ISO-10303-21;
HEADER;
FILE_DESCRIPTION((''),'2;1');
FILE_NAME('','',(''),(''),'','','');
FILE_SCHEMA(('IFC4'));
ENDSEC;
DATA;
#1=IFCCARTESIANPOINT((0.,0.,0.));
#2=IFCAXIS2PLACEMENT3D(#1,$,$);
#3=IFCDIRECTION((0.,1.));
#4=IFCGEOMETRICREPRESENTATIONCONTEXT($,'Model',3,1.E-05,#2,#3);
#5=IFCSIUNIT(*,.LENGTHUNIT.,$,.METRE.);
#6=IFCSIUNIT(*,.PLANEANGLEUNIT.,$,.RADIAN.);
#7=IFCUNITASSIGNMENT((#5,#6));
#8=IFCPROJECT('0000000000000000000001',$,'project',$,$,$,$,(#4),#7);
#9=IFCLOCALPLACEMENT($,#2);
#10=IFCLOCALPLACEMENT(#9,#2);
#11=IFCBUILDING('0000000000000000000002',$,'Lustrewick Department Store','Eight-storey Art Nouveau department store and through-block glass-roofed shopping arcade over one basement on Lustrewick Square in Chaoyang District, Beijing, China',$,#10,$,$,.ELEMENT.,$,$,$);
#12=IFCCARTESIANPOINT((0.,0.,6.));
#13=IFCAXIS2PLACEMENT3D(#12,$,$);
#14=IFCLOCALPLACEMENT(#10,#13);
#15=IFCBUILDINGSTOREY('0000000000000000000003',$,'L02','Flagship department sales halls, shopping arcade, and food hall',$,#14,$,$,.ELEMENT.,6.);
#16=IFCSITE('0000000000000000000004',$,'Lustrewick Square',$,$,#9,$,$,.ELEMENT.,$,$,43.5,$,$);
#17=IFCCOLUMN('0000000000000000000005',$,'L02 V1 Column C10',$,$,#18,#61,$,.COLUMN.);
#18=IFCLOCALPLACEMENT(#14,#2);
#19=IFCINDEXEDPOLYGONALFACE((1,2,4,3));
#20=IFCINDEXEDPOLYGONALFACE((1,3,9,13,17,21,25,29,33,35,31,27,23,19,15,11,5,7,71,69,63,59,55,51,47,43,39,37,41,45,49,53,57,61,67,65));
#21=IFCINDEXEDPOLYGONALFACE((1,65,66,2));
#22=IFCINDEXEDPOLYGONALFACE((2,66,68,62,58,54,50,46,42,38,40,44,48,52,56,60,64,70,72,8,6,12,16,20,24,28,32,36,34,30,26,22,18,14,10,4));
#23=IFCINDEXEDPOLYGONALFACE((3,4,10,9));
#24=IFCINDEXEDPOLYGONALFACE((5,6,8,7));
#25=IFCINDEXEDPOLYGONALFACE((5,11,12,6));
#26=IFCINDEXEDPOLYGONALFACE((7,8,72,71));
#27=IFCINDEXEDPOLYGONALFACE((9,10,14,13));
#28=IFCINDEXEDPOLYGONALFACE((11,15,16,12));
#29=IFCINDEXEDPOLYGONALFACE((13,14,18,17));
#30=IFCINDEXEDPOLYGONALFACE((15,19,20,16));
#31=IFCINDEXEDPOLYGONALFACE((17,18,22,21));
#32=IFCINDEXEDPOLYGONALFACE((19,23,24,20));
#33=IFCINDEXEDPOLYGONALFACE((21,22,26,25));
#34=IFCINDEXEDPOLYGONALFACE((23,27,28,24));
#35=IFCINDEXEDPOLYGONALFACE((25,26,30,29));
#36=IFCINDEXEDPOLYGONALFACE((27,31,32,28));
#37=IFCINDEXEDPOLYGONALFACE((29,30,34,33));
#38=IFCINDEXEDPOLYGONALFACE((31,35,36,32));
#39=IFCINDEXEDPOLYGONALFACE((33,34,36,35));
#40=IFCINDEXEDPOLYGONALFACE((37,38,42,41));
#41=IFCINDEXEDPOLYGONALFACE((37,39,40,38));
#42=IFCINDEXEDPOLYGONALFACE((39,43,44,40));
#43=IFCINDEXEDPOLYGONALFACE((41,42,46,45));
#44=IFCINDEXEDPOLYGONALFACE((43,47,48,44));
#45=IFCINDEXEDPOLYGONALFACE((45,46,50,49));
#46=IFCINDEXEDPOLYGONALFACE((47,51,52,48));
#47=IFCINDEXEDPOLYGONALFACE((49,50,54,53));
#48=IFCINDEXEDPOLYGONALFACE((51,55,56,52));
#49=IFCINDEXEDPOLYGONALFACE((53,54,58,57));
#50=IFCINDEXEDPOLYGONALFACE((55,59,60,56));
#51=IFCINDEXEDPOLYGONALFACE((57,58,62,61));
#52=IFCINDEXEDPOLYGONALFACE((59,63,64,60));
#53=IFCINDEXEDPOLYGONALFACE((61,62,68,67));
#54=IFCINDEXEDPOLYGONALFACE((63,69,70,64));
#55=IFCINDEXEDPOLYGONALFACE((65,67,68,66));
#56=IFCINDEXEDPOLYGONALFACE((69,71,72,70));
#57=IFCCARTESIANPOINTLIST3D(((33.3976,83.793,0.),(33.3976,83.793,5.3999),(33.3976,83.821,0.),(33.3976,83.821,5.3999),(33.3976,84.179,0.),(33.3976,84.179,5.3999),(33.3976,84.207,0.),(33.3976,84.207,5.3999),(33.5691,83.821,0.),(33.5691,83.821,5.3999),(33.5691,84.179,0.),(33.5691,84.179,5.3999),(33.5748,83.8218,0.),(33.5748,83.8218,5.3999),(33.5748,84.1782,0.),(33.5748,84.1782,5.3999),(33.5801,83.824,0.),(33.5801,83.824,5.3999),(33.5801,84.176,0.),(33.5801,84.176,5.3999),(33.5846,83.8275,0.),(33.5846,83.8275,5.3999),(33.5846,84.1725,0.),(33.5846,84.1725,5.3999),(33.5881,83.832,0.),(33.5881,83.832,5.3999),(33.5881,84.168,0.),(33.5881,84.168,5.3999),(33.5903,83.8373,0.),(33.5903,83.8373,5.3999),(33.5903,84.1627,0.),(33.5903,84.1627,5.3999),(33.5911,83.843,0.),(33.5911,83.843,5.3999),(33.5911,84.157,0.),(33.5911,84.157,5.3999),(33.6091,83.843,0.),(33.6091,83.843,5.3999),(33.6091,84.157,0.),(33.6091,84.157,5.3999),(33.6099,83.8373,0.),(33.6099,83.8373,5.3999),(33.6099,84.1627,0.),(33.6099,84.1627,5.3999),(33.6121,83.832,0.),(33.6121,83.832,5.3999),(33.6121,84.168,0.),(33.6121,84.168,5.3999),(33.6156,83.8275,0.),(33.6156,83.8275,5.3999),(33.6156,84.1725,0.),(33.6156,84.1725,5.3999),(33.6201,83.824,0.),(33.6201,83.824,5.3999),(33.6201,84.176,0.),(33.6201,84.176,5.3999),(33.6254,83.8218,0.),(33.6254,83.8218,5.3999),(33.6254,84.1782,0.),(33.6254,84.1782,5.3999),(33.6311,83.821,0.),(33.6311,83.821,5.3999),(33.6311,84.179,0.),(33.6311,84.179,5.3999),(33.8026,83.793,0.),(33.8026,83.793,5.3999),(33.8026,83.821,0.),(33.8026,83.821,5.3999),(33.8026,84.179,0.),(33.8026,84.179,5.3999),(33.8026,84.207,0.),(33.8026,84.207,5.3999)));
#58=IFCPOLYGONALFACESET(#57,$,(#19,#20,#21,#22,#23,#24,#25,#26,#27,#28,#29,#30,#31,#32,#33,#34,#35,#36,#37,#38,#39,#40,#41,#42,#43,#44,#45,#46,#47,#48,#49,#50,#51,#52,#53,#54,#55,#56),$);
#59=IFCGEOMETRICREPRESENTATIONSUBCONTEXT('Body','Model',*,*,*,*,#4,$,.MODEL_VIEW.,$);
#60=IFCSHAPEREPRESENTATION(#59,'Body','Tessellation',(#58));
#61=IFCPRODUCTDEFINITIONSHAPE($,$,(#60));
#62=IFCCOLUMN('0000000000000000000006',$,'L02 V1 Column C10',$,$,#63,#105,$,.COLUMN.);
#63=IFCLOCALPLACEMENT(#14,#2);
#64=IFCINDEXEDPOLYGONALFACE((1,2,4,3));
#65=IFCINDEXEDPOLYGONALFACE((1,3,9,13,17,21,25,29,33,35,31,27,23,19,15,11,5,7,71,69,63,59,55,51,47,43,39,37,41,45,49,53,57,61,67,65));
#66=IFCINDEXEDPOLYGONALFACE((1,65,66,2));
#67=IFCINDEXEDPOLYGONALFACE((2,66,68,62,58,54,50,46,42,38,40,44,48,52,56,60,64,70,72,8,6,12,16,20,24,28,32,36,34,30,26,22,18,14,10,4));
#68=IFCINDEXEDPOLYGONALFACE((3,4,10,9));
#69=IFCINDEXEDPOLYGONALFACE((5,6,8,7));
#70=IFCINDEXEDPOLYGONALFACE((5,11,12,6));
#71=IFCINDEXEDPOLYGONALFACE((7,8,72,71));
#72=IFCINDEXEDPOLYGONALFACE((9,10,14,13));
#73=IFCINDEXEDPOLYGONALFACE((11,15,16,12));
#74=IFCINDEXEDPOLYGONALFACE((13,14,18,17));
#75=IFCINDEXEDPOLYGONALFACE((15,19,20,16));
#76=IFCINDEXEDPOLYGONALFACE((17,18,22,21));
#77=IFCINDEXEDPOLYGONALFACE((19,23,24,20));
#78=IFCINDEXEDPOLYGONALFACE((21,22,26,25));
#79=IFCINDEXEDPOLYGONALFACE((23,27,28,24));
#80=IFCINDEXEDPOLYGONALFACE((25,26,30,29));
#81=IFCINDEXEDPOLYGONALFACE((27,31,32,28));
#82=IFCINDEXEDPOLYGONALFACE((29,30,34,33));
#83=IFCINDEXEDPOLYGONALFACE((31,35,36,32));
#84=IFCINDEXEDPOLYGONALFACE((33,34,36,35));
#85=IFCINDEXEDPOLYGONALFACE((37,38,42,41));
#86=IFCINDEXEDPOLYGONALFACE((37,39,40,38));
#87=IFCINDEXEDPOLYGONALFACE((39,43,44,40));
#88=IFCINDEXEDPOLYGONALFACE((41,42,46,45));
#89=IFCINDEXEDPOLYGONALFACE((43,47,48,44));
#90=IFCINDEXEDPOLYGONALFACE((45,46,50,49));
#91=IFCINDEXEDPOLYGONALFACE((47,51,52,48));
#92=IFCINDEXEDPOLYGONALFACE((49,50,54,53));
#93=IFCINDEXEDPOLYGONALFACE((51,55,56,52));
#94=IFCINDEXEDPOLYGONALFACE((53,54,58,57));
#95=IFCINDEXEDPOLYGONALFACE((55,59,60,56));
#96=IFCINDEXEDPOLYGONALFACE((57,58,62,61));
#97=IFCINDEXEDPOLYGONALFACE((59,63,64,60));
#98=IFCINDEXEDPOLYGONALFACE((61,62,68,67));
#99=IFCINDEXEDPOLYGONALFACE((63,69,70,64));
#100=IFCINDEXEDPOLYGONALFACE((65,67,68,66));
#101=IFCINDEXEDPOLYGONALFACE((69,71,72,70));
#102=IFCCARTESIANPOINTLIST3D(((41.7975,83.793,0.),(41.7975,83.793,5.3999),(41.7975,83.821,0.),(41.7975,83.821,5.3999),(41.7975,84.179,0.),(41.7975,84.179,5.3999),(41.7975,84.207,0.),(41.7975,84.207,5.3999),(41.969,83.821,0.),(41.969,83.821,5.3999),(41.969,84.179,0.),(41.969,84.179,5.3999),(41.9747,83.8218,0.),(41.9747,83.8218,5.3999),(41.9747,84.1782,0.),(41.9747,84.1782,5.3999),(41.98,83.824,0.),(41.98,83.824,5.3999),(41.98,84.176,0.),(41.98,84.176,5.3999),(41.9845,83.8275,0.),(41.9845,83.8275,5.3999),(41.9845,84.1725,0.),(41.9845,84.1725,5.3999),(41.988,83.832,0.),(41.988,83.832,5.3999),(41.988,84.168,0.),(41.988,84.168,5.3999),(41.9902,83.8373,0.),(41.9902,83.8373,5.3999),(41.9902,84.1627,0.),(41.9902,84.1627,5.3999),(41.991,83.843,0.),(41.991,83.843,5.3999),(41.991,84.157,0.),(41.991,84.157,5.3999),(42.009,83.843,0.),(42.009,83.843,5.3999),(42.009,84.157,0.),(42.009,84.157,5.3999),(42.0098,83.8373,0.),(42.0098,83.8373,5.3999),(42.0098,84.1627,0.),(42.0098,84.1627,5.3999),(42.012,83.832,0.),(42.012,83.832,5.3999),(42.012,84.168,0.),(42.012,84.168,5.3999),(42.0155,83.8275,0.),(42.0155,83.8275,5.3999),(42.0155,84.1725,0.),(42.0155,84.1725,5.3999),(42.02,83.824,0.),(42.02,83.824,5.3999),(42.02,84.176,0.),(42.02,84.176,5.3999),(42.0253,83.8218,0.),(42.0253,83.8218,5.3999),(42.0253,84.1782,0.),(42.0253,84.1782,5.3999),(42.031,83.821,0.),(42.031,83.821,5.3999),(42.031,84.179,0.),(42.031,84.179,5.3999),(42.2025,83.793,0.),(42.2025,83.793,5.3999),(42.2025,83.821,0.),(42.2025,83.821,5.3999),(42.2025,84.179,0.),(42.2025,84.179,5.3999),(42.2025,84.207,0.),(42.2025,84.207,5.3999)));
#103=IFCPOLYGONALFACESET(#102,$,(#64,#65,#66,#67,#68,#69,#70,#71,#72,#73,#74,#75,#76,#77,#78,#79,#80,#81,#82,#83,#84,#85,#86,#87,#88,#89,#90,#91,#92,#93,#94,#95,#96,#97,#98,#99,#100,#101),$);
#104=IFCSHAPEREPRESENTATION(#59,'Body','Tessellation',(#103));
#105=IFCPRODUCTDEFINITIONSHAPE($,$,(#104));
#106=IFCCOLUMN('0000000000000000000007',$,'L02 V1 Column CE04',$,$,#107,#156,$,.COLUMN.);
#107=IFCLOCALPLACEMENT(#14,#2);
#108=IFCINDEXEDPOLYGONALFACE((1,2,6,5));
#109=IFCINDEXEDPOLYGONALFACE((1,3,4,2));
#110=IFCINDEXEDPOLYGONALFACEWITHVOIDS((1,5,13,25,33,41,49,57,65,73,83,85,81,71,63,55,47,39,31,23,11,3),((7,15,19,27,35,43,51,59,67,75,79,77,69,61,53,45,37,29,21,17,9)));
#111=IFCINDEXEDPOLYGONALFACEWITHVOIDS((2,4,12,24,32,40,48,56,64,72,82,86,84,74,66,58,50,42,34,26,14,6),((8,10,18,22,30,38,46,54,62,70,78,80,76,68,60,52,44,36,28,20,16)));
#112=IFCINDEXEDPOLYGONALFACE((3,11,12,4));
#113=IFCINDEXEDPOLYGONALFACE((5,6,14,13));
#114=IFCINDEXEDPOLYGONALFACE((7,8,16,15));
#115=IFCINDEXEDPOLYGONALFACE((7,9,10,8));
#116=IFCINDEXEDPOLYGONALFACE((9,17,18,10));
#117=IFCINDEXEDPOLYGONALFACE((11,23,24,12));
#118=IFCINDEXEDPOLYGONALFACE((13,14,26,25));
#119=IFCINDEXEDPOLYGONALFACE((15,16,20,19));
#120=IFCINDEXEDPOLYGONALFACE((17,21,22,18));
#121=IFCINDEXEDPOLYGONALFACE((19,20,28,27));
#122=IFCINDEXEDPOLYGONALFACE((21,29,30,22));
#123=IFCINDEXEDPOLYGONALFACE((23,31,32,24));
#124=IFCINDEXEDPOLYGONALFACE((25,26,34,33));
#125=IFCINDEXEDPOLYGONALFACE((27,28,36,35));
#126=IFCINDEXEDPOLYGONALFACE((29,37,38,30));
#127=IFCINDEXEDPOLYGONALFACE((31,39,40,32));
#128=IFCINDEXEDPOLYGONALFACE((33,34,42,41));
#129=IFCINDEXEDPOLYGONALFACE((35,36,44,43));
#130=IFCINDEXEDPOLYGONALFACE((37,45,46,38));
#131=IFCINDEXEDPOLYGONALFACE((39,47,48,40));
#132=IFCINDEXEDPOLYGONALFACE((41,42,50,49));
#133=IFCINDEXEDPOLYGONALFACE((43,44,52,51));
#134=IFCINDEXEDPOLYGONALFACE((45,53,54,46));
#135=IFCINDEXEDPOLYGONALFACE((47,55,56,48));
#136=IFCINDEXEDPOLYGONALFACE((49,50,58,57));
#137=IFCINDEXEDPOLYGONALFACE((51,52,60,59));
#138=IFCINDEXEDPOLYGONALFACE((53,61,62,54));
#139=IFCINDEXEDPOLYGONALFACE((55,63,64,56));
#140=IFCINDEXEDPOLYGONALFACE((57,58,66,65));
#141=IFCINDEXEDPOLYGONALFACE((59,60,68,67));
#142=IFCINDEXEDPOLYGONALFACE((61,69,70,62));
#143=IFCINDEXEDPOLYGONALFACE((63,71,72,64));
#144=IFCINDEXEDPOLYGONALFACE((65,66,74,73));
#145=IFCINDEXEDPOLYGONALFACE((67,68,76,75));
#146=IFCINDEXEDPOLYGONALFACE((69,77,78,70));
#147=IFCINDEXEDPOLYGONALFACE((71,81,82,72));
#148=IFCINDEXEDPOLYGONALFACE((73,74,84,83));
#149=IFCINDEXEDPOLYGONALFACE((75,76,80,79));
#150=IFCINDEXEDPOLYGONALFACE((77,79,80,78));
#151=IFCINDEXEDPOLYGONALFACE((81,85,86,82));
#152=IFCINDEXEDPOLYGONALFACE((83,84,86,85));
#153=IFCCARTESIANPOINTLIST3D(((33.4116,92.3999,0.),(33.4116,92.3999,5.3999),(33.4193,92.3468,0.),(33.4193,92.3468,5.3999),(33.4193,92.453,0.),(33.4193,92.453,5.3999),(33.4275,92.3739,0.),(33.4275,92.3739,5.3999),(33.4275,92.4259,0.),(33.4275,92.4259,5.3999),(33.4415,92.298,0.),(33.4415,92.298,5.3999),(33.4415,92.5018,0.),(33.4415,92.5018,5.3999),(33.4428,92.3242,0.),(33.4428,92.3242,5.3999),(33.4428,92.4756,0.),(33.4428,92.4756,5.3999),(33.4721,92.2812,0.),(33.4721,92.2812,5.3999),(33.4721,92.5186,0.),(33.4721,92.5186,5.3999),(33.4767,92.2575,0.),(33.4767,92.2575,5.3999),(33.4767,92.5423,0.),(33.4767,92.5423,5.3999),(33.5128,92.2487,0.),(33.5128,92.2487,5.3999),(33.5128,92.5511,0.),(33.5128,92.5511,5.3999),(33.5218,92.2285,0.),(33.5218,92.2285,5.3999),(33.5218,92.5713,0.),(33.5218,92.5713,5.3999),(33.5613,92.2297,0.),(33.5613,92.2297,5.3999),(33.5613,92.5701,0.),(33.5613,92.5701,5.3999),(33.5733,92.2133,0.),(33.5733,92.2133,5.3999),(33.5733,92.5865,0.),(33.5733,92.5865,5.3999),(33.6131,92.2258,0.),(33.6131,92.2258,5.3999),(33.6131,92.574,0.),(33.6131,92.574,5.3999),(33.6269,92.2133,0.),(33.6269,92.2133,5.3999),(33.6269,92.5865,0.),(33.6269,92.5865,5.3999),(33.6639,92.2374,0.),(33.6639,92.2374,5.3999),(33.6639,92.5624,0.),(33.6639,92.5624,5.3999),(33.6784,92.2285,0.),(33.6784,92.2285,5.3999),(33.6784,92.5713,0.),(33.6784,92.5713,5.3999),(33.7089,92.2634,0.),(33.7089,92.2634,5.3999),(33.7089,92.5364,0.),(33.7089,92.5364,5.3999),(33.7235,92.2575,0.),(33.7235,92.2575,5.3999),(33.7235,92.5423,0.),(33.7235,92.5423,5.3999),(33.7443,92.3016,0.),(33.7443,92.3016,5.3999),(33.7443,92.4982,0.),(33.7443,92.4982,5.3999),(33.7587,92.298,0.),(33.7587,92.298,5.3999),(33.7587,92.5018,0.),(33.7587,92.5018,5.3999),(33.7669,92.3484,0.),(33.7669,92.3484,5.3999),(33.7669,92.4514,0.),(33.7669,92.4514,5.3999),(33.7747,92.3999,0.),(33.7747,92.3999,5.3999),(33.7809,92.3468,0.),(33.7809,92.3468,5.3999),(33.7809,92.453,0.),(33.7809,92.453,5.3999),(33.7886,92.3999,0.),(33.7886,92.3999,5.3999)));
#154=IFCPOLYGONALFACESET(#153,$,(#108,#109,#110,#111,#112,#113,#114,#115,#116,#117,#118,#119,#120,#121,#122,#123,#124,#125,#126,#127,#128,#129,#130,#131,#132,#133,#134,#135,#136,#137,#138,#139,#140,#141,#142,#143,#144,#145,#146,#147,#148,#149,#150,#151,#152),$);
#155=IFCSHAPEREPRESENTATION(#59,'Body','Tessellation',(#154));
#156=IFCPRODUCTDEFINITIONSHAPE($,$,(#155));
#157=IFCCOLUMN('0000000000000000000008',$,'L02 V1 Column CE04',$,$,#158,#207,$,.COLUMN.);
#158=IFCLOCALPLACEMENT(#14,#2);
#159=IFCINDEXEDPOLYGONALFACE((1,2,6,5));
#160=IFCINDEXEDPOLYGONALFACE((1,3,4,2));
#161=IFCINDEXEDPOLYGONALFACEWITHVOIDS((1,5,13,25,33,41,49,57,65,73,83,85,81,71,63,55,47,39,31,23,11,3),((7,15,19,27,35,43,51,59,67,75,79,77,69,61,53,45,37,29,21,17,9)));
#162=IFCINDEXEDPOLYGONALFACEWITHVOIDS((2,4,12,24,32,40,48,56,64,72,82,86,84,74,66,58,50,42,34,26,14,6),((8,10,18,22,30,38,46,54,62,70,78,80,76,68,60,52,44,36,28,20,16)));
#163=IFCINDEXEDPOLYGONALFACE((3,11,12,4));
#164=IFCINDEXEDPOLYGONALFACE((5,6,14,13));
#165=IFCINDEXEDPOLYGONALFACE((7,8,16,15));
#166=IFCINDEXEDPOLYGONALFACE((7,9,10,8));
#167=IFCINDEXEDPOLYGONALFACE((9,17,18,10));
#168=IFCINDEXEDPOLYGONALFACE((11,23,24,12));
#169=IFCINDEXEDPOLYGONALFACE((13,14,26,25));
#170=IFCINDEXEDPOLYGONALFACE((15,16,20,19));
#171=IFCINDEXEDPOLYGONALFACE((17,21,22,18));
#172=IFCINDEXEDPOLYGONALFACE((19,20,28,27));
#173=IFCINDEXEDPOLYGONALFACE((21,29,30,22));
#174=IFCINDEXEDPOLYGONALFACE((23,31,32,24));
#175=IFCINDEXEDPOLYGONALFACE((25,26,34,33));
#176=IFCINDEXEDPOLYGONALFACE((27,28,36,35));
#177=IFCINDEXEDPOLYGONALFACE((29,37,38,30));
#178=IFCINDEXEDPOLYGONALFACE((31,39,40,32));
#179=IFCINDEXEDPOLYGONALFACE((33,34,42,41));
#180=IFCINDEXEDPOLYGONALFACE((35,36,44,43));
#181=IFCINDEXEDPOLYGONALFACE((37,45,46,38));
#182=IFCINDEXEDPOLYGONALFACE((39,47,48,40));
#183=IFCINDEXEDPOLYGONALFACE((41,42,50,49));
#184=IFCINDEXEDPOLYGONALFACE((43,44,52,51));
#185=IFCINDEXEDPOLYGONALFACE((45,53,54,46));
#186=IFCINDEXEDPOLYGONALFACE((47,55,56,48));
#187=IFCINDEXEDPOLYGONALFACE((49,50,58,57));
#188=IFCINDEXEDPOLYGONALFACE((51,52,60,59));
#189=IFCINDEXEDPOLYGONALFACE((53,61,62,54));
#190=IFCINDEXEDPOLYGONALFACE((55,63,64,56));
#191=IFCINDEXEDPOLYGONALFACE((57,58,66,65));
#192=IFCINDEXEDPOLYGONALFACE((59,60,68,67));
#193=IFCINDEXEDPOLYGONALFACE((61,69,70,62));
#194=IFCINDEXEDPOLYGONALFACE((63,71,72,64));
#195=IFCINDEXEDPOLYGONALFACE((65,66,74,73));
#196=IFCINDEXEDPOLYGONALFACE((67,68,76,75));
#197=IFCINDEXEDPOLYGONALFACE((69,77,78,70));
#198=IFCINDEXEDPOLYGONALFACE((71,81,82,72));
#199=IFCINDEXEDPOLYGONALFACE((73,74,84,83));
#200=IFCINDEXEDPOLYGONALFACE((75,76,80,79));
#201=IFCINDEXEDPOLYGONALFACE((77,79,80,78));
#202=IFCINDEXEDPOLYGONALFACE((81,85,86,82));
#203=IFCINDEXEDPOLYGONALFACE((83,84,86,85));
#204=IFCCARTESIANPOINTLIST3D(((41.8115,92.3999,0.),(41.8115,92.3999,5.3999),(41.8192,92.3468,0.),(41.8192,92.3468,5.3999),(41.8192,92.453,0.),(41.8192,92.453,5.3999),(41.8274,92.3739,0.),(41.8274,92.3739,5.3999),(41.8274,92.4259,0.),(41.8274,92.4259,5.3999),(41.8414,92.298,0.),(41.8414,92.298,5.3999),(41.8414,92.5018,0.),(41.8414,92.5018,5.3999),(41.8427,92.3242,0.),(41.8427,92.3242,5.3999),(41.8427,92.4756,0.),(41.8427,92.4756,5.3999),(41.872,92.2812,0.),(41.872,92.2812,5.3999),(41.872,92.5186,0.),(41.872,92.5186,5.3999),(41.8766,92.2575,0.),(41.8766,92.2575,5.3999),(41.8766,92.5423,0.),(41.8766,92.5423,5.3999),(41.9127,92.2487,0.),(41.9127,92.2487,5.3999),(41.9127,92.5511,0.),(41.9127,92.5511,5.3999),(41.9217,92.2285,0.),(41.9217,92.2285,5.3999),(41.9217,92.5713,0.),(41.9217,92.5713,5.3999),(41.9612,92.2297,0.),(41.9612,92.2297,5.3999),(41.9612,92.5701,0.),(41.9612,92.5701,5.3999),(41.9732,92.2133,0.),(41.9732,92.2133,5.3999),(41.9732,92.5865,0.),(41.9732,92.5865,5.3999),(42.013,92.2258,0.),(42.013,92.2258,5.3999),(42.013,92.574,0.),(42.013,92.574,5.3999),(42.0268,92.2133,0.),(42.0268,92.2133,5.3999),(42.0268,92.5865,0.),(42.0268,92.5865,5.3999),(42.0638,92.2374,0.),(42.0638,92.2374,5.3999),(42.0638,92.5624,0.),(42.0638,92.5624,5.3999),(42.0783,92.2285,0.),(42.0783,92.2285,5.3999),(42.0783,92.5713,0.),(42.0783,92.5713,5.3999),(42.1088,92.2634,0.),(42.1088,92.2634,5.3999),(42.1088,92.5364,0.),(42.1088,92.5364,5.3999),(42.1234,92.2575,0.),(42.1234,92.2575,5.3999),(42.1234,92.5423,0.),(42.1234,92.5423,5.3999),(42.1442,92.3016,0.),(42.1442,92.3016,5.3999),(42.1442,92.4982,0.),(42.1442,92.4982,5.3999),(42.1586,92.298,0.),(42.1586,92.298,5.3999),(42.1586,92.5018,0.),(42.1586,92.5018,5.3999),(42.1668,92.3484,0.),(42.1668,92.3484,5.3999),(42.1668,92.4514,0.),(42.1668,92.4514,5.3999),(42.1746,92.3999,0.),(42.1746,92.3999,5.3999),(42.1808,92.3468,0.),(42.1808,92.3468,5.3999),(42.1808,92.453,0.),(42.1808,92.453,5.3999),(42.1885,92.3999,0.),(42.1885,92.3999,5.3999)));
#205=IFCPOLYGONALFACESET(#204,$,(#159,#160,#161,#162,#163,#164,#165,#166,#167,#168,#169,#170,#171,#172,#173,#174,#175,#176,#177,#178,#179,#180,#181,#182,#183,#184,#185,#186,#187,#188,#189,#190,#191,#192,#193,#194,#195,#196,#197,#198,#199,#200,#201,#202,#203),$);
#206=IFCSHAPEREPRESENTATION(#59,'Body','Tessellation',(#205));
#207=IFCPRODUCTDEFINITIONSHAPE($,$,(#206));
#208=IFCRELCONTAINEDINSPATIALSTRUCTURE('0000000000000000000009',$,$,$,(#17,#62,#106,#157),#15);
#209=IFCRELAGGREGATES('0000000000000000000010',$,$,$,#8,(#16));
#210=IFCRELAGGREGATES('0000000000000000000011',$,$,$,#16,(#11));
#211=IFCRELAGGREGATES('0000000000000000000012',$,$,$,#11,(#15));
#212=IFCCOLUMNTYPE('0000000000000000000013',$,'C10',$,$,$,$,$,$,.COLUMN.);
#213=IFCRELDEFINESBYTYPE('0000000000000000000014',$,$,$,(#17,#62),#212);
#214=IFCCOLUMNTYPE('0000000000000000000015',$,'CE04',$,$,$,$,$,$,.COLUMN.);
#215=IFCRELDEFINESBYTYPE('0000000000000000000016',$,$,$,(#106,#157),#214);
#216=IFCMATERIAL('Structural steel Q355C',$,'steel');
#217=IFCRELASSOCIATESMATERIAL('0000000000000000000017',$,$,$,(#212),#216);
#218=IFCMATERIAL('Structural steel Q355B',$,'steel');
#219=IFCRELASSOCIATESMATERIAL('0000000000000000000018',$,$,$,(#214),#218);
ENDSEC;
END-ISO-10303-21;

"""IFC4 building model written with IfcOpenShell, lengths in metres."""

from ifc_helpers import new_model, si_unit, direction, frame, origin, origin_2d, place, context, subcontext, project, spatial, hollow_circle, i_section, extrude, material, material_profile, profile_set, type_object, element, save


model = new_model("IFC4")

# Units and contexts
model_context = context("Model", 3, precision=1e-05, world=origin(), true_north=direction((0.0, 1.0)))
body_context = subcontext(model_context, "Body", "Model", "MODEL_VIEW")
ifc_project = project(units=[si_unit("LENGTHUNIT", "METRE"), si_unit("PLANEANGLEUNIT", "RADIAN")], contexts=[model_context])

# Site, building, storey
site_placement = place(None, origin())
site = spatial("IfcSite", under=ifc_project, at=site_placement, Name="Lustrewick Square", CompositionType="ELEMENT", RefElevation=43.5)
building_placement = place(site_placement, origin())
building = spatial("IfcBuilding", under=site, at=building_placement, Name="Lustrewick Department Store", Description="Eight-storey Art Nouveau department store and through-block glass-roofed shopping arcade over one basement on Lustrewick Square in Chaoyang District, Beijing, China", CompositionType="ELEMENT")
storey_placement = place(building_placement, frame((0.0, 0.0, 6.0)))
storey = spatial("IfcBuildingStorey", under=building, at=storey_placement, Name="L02", Description="Flagship department sales halls, shopping arcade, and food hall", CompositionType="ELEMENT", Elevation=6.0)

# Columns
ifc_material_1 = material(Name="Structural steel Q355C", Category="steel")
ifc_material_profile_1 = material_profile(ifc_material_1, i_section(OverallWidth=0.405, OverallDepth=0.4141, WebThickness=0.0181, FlangeThickness=0.0281, FilletRadius=0.022, at=origin_2d()), Name="HW 414x405x18x28")
ifc_profile_set_1 = profile_set([ifc_material_profile_1], Name="Structural steel Q355C")
column_type_1 = type_object("IfcColumnType", Name="C10", PredefinedType="COLUMN", material=ifc_profile_set_1)
for number, where, z_axis, x_axis, name in (
    (1, (33.6001, 84.0, 0.0), (0.0, 0.0, 1.0), (1.0, 0.0, 0.0), "L02 V1 Column C10"),
    (2, (42.0, 84.0, 0.0), (0.0, 0.0, 1.0), (1.0, 0.0, 0.0), "L02 V1 Column C10"),
):
    element("IfcColumn", number, at=place(storey_placement, frame(where, z_axis=z_axis, x_axis=x_axis)), inside=storey, type_object=column_type_1, Name=name, PredefinedType="COLUMN", context=body_context, shape_type="SweptSolid", body=[
        extrude(i_section(OverallWidth=0.405, OverallDepth=0.4141, WebThickness=0.0181, FlangeThickness=0.0281, FilletRadius=0.022, at=origin_2d()), origin(), (0.0, 0.0, 1.0), 5.3999),
    ])
ifc_material_2 = material(Name="Structural steel Q355B", Category="steel")
ifc_material_profile_2 = material_profile(ifc_material_2, hollow_circle(Radius=0.1885, WallThickness=0.0139, at=origin_2d()), Name="CHS 377x14")
ifc_profile_set_2 = profile_set([ifc_material_profile_2], Name="Structural steel Q355B")
column_type_2 = type_object("IfcColumnType", Name="CE04", PredefinedType="COLUMN", material=ifc_profile_set_2)
for number, where, z_axis, x_axis, name in (
    (3, (33.6001, 92.3999, 0.0), (0.0, 0.0, 1.0), (1.0, 0.0, 0.0), "L02 V1 Column CE04"),
    (4, (42.0, 92.3999, 0.0), (0.0, 0.0, 1.0), (1.0, 0.0, 0.0), "L02 V1 Column CE04"),
):
    element("IfcColumn", number, at=place(storey_placement, frame(where, z_axis=z_axis, x_axis=x_axis)), inside=storey, type_object=column_type_2, Name=name, PredefinedType="COLUMN", context=body_context, shape_type="SweptSolid", body=[
        extrude(hollow_circle(Radius=0.1885, WallThickness=0.0139, at=origin_2d()), origin(), (0.0, 0.0, 1.0), 5.3999),
    ])

save(model, "model.ifc")
